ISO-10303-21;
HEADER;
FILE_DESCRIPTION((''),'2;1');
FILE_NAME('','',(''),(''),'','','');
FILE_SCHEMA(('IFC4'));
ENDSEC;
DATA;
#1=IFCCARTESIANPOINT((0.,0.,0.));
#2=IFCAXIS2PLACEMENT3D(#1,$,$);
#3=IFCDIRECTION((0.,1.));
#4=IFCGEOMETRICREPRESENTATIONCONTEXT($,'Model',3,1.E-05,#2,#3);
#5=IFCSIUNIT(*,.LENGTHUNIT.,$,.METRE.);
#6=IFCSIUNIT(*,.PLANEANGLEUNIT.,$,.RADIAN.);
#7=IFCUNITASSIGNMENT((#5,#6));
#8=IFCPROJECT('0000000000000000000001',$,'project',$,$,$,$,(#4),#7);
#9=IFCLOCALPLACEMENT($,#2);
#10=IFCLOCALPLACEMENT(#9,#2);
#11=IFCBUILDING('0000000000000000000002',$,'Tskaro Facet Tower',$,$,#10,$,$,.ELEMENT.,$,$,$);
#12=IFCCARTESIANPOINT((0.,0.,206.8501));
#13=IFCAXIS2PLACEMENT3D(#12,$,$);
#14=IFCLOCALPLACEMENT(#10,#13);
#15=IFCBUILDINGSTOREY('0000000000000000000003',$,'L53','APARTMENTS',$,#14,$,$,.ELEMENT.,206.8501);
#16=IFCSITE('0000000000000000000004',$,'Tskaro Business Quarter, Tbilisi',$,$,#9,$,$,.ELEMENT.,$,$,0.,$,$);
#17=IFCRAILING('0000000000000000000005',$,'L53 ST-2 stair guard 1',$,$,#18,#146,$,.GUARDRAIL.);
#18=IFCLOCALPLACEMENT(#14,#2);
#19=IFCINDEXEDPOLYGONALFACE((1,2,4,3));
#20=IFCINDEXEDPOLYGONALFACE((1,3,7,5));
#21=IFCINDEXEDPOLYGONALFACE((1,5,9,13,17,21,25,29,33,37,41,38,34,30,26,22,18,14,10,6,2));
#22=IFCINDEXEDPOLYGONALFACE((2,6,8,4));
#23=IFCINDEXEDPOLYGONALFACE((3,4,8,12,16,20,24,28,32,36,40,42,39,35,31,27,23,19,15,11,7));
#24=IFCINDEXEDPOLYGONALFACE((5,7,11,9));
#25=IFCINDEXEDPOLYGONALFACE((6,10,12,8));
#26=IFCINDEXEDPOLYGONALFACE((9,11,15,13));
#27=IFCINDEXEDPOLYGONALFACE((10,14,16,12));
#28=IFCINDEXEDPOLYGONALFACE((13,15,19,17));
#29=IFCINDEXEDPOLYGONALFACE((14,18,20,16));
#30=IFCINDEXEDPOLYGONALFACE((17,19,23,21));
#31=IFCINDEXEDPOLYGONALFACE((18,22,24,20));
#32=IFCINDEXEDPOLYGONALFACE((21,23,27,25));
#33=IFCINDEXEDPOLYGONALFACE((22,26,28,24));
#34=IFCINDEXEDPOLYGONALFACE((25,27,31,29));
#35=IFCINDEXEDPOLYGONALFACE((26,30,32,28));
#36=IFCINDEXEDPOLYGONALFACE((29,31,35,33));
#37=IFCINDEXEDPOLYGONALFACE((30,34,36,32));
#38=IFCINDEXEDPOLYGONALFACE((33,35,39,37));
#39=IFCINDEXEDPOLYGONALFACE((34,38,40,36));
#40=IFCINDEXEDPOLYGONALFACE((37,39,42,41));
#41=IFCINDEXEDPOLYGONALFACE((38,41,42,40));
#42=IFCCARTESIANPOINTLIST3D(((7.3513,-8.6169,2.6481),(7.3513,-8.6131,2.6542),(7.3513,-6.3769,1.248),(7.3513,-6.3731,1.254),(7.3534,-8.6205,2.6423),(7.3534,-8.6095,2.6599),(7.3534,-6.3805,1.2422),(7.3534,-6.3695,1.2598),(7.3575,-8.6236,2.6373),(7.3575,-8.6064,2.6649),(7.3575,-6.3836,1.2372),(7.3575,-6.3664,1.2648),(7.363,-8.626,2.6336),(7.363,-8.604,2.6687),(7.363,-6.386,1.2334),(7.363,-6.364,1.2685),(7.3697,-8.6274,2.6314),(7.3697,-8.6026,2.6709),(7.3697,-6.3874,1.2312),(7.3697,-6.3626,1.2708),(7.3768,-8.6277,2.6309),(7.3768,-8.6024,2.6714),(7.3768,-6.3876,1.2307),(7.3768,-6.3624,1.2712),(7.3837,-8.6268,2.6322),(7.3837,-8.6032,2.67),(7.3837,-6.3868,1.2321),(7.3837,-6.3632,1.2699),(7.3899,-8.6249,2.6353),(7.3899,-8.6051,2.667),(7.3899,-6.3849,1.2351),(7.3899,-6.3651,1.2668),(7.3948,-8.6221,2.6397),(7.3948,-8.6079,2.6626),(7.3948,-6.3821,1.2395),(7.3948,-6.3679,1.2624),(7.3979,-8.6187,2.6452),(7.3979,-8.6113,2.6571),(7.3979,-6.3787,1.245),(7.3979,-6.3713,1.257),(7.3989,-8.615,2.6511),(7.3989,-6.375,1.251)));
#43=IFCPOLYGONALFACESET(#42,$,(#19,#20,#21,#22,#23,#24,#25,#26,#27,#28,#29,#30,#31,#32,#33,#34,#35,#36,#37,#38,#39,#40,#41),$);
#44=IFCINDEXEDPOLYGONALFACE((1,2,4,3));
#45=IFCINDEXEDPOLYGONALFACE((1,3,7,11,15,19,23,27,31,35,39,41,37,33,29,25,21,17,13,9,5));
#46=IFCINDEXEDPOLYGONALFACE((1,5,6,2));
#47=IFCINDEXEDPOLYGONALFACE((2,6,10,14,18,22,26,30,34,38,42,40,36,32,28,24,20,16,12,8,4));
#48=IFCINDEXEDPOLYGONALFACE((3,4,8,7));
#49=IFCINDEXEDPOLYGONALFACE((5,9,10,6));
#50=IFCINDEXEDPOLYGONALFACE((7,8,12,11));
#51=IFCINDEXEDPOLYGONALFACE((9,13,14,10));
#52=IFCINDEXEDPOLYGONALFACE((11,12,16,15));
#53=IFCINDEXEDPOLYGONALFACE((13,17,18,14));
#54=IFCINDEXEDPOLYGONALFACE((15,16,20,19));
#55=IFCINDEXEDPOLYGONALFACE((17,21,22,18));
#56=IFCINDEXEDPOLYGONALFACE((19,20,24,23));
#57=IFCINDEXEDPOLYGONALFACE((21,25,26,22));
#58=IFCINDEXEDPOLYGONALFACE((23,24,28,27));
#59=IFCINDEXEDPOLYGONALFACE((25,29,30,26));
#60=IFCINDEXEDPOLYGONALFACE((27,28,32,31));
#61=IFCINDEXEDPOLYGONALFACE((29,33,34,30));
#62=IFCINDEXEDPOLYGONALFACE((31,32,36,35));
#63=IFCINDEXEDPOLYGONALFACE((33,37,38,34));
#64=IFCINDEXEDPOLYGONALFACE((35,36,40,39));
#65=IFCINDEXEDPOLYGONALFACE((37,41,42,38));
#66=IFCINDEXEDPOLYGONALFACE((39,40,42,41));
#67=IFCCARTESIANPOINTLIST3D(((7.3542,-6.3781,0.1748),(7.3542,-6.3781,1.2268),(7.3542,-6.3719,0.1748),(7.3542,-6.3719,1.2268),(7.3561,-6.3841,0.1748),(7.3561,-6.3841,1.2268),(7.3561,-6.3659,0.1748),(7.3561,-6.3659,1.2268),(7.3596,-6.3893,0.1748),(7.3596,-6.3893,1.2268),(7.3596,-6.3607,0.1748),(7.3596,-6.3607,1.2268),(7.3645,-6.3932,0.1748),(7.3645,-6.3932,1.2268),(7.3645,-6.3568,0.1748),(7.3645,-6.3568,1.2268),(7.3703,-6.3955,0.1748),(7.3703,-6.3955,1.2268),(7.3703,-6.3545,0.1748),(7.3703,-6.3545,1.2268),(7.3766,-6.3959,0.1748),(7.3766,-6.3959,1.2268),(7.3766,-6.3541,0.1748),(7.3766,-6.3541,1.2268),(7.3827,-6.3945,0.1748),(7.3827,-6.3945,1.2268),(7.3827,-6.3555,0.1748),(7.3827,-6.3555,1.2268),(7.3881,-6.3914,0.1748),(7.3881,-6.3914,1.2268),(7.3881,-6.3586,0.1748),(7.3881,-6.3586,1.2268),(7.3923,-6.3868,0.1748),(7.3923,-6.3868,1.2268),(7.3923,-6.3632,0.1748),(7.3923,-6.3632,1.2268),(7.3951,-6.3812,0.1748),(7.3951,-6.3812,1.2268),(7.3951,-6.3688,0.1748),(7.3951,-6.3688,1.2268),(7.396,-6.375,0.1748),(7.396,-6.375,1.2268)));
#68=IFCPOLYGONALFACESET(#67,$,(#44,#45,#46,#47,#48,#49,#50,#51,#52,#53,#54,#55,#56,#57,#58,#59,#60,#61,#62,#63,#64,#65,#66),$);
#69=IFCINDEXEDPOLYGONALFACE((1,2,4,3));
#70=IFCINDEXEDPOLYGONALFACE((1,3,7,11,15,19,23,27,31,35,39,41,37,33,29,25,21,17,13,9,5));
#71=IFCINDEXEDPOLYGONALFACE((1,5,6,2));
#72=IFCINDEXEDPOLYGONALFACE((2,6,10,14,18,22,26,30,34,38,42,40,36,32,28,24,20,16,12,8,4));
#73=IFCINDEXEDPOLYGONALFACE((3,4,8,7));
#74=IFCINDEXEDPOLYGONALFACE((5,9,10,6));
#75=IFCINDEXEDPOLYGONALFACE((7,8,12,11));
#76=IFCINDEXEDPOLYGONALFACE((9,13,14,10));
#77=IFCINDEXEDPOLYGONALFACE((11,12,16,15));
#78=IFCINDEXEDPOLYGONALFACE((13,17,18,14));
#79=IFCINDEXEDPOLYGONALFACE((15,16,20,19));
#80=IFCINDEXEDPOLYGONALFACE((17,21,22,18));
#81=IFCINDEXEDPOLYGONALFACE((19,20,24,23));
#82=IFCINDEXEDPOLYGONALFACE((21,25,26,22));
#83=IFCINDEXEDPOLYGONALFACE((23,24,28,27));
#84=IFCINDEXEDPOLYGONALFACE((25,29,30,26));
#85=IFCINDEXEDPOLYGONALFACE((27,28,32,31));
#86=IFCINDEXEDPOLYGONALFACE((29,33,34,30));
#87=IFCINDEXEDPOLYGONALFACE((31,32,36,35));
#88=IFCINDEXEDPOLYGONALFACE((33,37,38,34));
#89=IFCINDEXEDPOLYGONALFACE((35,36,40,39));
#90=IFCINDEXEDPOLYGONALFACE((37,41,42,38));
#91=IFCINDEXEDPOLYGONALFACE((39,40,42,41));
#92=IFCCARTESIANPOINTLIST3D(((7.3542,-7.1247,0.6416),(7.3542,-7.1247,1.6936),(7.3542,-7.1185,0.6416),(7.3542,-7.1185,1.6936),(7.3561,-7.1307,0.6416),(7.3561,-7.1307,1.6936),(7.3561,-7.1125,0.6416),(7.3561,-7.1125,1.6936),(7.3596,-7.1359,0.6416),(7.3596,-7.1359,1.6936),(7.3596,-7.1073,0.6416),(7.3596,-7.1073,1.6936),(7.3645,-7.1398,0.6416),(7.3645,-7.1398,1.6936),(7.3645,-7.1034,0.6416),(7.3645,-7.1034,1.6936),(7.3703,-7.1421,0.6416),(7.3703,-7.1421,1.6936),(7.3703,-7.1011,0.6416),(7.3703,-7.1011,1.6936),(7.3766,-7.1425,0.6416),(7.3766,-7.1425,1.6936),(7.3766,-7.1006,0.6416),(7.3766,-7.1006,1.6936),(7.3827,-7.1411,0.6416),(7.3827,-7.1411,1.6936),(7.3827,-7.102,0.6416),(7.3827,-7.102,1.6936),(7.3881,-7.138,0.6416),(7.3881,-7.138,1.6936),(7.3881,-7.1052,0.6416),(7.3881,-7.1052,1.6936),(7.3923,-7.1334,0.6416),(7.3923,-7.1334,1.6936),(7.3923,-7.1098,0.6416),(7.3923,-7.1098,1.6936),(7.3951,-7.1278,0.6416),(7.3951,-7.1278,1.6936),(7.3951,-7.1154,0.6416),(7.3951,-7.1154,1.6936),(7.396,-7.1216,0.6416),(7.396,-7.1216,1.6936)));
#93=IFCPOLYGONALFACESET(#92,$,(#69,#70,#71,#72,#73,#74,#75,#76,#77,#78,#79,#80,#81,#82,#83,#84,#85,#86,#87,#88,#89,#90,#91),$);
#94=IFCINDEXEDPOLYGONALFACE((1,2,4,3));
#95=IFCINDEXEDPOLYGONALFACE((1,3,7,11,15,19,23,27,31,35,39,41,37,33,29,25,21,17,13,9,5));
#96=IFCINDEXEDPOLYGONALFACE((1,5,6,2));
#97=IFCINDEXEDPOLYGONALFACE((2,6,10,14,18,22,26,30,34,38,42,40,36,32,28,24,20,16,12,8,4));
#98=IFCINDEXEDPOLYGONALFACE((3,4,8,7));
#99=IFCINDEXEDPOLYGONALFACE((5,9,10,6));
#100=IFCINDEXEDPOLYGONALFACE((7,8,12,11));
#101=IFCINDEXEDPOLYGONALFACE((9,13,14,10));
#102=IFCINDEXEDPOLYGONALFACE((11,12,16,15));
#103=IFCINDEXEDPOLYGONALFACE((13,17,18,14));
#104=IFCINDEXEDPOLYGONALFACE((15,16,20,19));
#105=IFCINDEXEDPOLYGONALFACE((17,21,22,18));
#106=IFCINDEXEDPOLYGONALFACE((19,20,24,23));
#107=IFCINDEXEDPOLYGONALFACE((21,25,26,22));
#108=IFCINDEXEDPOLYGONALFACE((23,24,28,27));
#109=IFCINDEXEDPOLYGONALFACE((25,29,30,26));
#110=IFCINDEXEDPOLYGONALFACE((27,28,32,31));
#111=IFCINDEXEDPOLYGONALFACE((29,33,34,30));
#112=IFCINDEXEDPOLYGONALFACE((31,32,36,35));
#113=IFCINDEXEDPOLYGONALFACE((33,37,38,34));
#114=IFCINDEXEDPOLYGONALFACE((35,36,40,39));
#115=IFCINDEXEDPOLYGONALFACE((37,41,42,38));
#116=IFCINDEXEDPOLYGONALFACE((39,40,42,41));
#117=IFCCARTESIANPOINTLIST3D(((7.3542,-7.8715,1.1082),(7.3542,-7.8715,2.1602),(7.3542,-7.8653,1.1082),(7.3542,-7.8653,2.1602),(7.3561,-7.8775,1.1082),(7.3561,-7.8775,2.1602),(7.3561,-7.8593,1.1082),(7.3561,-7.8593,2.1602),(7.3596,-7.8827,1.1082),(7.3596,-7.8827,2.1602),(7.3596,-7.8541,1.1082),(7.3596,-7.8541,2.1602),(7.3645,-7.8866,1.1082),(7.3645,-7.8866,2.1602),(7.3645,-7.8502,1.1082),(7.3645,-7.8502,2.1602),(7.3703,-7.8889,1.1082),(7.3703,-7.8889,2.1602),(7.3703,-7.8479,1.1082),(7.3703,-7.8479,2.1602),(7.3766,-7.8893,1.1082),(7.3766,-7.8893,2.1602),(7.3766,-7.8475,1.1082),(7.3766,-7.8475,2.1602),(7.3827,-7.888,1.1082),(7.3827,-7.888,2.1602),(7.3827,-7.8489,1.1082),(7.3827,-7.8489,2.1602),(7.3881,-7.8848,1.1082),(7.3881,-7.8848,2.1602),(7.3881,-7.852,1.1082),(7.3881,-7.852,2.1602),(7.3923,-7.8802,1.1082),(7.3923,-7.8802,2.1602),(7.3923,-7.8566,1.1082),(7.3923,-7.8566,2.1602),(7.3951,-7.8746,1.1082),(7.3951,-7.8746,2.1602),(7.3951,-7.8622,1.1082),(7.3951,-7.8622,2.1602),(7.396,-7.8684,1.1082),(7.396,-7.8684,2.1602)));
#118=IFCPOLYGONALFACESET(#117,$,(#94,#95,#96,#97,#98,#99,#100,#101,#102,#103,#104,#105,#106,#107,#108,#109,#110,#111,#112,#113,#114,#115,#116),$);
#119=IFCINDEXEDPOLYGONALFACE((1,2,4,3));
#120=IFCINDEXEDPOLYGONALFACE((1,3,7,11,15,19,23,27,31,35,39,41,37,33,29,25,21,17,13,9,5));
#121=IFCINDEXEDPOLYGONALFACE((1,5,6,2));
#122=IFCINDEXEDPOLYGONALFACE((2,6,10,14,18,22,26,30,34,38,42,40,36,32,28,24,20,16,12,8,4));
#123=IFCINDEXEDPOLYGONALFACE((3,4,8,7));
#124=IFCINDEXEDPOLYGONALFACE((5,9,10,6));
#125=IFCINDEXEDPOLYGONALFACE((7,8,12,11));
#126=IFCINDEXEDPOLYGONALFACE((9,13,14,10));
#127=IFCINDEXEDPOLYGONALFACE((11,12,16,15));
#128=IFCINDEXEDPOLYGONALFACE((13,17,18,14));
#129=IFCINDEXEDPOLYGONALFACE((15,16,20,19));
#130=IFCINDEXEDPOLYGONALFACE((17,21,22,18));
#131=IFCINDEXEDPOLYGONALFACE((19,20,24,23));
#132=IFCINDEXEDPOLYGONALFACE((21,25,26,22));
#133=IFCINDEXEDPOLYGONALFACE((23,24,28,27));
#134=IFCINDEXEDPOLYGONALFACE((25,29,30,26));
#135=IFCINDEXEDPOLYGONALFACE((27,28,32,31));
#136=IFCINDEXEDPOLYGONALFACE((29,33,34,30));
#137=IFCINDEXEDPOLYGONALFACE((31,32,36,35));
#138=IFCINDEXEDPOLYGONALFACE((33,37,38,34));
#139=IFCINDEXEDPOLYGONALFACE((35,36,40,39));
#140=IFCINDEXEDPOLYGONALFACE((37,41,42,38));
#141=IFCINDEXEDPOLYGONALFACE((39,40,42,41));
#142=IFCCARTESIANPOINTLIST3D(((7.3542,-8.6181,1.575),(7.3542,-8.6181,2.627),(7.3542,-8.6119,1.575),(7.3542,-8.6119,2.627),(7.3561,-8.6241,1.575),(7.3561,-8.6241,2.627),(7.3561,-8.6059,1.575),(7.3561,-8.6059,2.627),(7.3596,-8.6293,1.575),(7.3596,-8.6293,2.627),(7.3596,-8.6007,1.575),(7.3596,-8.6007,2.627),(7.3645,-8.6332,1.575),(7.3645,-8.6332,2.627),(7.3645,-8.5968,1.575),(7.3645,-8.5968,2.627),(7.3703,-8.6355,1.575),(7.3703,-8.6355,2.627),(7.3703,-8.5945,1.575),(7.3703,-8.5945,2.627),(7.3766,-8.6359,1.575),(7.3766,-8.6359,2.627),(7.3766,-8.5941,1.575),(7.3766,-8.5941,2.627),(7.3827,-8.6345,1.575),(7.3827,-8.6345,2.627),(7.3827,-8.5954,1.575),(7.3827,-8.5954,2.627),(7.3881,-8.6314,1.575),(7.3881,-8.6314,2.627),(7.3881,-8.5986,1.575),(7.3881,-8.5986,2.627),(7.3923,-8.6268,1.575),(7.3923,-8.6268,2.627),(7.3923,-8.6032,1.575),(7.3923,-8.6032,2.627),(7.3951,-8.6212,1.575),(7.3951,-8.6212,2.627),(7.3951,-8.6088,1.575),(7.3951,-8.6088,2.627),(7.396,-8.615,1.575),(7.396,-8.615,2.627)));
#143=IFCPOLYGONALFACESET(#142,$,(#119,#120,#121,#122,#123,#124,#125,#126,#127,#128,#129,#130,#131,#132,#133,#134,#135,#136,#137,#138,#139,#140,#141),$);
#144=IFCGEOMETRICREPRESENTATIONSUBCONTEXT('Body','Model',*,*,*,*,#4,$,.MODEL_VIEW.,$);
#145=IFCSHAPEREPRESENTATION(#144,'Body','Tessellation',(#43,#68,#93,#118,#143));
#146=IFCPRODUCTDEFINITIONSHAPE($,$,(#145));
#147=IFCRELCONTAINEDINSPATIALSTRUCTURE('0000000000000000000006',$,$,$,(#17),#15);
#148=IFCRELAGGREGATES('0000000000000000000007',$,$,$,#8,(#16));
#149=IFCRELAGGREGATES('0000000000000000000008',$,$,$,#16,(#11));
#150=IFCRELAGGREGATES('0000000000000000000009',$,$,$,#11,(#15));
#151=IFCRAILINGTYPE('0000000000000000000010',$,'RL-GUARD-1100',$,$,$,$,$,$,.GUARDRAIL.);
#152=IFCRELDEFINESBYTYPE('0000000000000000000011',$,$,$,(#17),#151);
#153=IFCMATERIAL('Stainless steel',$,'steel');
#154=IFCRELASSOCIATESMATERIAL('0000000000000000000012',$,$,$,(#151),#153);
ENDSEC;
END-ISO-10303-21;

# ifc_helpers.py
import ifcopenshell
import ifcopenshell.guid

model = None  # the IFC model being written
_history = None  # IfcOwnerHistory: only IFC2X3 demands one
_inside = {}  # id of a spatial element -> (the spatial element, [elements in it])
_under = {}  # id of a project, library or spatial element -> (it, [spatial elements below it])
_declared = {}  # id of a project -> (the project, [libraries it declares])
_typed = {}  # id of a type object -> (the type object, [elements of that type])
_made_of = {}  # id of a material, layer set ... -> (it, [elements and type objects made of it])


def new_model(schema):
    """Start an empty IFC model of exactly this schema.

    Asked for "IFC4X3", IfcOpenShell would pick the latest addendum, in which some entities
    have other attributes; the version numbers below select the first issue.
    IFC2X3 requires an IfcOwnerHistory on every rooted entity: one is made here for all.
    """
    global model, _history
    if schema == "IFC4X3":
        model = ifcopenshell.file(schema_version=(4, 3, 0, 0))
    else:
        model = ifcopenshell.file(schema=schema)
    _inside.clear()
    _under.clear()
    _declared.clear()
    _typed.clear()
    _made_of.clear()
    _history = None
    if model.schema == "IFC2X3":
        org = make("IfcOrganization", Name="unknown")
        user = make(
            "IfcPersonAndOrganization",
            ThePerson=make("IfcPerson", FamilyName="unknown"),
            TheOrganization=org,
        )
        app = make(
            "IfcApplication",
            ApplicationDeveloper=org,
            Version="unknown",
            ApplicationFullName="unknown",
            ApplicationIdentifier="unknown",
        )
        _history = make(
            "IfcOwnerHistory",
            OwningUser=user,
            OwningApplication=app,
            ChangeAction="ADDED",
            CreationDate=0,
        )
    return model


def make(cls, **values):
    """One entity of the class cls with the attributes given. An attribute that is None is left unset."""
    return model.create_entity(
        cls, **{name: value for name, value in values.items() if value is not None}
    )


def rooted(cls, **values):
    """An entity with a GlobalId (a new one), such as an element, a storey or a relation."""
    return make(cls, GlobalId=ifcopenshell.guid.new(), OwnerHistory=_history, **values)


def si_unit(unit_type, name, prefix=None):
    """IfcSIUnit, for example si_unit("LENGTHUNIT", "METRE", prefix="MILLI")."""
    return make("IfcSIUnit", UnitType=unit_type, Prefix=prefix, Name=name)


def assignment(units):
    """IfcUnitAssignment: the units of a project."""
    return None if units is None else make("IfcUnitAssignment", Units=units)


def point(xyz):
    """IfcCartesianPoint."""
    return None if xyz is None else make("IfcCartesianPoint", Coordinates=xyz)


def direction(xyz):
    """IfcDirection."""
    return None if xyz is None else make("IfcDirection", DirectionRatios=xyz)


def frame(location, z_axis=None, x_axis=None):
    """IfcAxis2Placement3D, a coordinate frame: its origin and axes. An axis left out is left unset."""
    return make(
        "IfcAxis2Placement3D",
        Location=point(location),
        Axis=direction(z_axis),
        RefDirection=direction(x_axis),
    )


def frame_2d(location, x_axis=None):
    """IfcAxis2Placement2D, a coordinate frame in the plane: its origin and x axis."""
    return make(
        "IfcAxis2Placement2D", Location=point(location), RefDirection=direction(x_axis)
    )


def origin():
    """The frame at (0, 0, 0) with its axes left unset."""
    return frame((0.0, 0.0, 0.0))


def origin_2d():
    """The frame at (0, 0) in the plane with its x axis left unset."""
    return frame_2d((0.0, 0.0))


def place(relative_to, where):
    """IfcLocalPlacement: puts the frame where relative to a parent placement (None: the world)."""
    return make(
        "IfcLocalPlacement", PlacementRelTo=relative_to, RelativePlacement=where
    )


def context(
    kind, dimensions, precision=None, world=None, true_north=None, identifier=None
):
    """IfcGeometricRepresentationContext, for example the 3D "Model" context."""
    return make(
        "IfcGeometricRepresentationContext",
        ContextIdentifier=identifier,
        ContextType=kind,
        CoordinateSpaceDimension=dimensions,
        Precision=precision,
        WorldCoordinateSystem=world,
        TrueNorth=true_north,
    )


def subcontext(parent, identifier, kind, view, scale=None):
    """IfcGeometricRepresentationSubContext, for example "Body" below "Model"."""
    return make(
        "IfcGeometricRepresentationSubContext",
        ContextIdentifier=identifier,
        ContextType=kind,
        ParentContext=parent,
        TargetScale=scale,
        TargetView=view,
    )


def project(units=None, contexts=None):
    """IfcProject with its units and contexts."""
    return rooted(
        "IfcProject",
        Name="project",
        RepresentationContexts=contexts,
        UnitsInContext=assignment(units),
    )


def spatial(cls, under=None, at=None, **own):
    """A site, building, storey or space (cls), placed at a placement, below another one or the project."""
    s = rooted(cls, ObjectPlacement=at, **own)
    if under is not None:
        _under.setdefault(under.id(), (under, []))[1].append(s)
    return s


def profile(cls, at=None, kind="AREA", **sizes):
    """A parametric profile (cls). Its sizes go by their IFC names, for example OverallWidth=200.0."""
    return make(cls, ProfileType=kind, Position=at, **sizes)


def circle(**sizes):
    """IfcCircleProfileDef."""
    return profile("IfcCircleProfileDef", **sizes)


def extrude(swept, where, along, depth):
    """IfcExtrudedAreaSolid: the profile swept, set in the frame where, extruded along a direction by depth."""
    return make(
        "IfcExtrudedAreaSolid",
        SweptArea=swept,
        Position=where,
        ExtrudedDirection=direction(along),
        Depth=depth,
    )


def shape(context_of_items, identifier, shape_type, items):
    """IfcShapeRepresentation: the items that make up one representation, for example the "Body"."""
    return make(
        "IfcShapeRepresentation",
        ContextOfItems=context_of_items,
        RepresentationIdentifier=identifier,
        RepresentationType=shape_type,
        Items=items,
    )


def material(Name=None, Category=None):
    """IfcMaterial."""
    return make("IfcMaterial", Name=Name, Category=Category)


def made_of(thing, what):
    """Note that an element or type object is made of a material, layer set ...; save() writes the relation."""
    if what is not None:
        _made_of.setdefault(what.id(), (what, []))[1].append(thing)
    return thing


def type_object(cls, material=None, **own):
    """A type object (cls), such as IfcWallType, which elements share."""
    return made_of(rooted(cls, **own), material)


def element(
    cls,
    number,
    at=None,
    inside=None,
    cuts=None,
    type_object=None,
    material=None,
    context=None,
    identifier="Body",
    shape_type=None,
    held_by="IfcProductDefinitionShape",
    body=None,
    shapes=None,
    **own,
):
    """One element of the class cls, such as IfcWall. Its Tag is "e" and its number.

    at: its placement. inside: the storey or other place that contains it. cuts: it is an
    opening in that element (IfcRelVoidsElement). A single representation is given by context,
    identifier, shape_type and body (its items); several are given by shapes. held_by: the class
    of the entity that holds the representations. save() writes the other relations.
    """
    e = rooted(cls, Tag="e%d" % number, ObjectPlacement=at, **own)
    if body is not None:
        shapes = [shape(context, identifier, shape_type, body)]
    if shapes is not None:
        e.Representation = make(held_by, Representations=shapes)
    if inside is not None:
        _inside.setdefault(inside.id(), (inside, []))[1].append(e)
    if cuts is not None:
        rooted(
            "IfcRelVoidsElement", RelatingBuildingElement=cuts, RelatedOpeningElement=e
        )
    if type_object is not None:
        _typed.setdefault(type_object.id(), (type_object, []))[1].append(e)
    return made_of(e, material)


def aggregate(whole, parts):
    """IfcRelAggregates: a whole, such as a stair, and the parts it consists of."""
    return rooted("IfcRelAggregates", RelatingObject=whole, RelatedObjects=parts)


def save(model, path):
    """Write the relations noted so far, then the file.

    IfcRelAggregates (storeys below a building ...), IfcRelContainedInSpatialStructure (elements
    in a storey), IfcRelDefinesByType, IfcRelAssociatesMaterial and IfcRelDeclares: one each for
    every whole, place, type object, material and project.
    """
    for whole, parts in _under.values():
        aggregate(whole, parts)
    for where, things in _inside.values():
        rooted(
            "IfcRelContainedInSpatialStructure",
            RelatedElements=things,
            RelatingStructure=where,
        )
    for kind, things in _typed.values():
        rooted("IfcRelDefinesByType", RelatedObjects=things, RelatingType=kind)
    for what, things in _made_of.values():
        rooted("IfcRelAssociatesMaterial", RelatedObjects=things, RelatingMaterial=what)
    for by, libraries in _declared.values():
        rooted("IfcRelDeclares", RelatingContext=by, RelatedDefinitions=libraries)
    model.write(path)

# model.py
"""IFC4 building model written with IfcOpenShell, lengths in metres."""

from ifc_helpers import new_model, si_unit, direction, frame, origin, origin_2d, place, context, subcontext, project, spatial, circle, extrude, material, type_object, element, save


model = new_model("IFC4")

# Units and contexts
model_context = context("Model", 3, precision=1e-05, world=origin(), true_north=direction((0.0, 1.0)))
body_context = subcontext(model_context, "Body", "Model", "MODEL_VIEW")
ifc_project = project(units=[si_unit("LENGTHUNIT", "METRE"), si_unit("PLANEANGLEUNIT", "RADIAN")], contexts=[model_context])

# Site, building, storey
site_placement = place(None, origin())
site = spatial("IfcSite", under=ifc_project, at=site_placement, Name="Tskaro Business Quarter, Tbilisi", CompositionType="ELEMENT", RefElevation=0.0)
building_placement = place(site_placement, origin())
building = spatial("IfcBuilding", under=site, at=building_placement, Name="Tskaro Facet Tower", CompositionType="ELEMENT")
storey_placement = place(building_placement, frame((0.0, 0.0, 206.8501)))
storey = spatial("IfcBuildingStorey", under=building, at=storey_placement, Name="L53", Description="APARTMENTS", CompositionType="ELEMENT", Elevation=206.8501)

# Railing
ifc_material_1 = material(Name="Stainless steel", Category="steel")
railing_type_1 = type_object("IfcRailingType", Name="RL-GUARD-1100", PredefinedType="GUARDRAIL", material=ifc_material_1)
railing_1_placement = place(storey_placement, frame((7.375, -6.375, 0.1748)))
element("IfcRailing", 1, at=railing_1_placement, inside=storey, type_object=railing_type_1, Name="L53 ST-2 stair guard 1", PredefinedType="GUARDRAIL", context=body_context, shape_type="SweptSolid", body=[
    extrude(circle(Radius=0.0239, at=origin_2d()), frame((0.0, 0.0, 1.0762), z_axis=(0.0, -0.847972, 0.53004), x_axis=(1.0, 0.0, 0.0)), (0.0, 0.0, 1.0), 2.6416),
    extrude(circle(Radius=0.021, at=origin_2d()), origin(), (0.0, 0.0, 1.0), 1.052),
    extrude(circle(Radius=0.021, at=origin_2d()), frame((0.0, -0.7466, 0.4668)), (0.0, 0.0, 1.0), 1.052),
    extrude(circle(Radius=0.021, at=origin_2d()), frame((0.0, -1.4934, 0.9333)), (0.0, 0.0, 1.0), 1.052),
    extrude(circle(Radius=0.021, at=origin_2d()), frame((0.0, -2.24, 1.4001)), (0.0, 0.0, 1.0), 1.052),
])

save(model, "model.ifc")
